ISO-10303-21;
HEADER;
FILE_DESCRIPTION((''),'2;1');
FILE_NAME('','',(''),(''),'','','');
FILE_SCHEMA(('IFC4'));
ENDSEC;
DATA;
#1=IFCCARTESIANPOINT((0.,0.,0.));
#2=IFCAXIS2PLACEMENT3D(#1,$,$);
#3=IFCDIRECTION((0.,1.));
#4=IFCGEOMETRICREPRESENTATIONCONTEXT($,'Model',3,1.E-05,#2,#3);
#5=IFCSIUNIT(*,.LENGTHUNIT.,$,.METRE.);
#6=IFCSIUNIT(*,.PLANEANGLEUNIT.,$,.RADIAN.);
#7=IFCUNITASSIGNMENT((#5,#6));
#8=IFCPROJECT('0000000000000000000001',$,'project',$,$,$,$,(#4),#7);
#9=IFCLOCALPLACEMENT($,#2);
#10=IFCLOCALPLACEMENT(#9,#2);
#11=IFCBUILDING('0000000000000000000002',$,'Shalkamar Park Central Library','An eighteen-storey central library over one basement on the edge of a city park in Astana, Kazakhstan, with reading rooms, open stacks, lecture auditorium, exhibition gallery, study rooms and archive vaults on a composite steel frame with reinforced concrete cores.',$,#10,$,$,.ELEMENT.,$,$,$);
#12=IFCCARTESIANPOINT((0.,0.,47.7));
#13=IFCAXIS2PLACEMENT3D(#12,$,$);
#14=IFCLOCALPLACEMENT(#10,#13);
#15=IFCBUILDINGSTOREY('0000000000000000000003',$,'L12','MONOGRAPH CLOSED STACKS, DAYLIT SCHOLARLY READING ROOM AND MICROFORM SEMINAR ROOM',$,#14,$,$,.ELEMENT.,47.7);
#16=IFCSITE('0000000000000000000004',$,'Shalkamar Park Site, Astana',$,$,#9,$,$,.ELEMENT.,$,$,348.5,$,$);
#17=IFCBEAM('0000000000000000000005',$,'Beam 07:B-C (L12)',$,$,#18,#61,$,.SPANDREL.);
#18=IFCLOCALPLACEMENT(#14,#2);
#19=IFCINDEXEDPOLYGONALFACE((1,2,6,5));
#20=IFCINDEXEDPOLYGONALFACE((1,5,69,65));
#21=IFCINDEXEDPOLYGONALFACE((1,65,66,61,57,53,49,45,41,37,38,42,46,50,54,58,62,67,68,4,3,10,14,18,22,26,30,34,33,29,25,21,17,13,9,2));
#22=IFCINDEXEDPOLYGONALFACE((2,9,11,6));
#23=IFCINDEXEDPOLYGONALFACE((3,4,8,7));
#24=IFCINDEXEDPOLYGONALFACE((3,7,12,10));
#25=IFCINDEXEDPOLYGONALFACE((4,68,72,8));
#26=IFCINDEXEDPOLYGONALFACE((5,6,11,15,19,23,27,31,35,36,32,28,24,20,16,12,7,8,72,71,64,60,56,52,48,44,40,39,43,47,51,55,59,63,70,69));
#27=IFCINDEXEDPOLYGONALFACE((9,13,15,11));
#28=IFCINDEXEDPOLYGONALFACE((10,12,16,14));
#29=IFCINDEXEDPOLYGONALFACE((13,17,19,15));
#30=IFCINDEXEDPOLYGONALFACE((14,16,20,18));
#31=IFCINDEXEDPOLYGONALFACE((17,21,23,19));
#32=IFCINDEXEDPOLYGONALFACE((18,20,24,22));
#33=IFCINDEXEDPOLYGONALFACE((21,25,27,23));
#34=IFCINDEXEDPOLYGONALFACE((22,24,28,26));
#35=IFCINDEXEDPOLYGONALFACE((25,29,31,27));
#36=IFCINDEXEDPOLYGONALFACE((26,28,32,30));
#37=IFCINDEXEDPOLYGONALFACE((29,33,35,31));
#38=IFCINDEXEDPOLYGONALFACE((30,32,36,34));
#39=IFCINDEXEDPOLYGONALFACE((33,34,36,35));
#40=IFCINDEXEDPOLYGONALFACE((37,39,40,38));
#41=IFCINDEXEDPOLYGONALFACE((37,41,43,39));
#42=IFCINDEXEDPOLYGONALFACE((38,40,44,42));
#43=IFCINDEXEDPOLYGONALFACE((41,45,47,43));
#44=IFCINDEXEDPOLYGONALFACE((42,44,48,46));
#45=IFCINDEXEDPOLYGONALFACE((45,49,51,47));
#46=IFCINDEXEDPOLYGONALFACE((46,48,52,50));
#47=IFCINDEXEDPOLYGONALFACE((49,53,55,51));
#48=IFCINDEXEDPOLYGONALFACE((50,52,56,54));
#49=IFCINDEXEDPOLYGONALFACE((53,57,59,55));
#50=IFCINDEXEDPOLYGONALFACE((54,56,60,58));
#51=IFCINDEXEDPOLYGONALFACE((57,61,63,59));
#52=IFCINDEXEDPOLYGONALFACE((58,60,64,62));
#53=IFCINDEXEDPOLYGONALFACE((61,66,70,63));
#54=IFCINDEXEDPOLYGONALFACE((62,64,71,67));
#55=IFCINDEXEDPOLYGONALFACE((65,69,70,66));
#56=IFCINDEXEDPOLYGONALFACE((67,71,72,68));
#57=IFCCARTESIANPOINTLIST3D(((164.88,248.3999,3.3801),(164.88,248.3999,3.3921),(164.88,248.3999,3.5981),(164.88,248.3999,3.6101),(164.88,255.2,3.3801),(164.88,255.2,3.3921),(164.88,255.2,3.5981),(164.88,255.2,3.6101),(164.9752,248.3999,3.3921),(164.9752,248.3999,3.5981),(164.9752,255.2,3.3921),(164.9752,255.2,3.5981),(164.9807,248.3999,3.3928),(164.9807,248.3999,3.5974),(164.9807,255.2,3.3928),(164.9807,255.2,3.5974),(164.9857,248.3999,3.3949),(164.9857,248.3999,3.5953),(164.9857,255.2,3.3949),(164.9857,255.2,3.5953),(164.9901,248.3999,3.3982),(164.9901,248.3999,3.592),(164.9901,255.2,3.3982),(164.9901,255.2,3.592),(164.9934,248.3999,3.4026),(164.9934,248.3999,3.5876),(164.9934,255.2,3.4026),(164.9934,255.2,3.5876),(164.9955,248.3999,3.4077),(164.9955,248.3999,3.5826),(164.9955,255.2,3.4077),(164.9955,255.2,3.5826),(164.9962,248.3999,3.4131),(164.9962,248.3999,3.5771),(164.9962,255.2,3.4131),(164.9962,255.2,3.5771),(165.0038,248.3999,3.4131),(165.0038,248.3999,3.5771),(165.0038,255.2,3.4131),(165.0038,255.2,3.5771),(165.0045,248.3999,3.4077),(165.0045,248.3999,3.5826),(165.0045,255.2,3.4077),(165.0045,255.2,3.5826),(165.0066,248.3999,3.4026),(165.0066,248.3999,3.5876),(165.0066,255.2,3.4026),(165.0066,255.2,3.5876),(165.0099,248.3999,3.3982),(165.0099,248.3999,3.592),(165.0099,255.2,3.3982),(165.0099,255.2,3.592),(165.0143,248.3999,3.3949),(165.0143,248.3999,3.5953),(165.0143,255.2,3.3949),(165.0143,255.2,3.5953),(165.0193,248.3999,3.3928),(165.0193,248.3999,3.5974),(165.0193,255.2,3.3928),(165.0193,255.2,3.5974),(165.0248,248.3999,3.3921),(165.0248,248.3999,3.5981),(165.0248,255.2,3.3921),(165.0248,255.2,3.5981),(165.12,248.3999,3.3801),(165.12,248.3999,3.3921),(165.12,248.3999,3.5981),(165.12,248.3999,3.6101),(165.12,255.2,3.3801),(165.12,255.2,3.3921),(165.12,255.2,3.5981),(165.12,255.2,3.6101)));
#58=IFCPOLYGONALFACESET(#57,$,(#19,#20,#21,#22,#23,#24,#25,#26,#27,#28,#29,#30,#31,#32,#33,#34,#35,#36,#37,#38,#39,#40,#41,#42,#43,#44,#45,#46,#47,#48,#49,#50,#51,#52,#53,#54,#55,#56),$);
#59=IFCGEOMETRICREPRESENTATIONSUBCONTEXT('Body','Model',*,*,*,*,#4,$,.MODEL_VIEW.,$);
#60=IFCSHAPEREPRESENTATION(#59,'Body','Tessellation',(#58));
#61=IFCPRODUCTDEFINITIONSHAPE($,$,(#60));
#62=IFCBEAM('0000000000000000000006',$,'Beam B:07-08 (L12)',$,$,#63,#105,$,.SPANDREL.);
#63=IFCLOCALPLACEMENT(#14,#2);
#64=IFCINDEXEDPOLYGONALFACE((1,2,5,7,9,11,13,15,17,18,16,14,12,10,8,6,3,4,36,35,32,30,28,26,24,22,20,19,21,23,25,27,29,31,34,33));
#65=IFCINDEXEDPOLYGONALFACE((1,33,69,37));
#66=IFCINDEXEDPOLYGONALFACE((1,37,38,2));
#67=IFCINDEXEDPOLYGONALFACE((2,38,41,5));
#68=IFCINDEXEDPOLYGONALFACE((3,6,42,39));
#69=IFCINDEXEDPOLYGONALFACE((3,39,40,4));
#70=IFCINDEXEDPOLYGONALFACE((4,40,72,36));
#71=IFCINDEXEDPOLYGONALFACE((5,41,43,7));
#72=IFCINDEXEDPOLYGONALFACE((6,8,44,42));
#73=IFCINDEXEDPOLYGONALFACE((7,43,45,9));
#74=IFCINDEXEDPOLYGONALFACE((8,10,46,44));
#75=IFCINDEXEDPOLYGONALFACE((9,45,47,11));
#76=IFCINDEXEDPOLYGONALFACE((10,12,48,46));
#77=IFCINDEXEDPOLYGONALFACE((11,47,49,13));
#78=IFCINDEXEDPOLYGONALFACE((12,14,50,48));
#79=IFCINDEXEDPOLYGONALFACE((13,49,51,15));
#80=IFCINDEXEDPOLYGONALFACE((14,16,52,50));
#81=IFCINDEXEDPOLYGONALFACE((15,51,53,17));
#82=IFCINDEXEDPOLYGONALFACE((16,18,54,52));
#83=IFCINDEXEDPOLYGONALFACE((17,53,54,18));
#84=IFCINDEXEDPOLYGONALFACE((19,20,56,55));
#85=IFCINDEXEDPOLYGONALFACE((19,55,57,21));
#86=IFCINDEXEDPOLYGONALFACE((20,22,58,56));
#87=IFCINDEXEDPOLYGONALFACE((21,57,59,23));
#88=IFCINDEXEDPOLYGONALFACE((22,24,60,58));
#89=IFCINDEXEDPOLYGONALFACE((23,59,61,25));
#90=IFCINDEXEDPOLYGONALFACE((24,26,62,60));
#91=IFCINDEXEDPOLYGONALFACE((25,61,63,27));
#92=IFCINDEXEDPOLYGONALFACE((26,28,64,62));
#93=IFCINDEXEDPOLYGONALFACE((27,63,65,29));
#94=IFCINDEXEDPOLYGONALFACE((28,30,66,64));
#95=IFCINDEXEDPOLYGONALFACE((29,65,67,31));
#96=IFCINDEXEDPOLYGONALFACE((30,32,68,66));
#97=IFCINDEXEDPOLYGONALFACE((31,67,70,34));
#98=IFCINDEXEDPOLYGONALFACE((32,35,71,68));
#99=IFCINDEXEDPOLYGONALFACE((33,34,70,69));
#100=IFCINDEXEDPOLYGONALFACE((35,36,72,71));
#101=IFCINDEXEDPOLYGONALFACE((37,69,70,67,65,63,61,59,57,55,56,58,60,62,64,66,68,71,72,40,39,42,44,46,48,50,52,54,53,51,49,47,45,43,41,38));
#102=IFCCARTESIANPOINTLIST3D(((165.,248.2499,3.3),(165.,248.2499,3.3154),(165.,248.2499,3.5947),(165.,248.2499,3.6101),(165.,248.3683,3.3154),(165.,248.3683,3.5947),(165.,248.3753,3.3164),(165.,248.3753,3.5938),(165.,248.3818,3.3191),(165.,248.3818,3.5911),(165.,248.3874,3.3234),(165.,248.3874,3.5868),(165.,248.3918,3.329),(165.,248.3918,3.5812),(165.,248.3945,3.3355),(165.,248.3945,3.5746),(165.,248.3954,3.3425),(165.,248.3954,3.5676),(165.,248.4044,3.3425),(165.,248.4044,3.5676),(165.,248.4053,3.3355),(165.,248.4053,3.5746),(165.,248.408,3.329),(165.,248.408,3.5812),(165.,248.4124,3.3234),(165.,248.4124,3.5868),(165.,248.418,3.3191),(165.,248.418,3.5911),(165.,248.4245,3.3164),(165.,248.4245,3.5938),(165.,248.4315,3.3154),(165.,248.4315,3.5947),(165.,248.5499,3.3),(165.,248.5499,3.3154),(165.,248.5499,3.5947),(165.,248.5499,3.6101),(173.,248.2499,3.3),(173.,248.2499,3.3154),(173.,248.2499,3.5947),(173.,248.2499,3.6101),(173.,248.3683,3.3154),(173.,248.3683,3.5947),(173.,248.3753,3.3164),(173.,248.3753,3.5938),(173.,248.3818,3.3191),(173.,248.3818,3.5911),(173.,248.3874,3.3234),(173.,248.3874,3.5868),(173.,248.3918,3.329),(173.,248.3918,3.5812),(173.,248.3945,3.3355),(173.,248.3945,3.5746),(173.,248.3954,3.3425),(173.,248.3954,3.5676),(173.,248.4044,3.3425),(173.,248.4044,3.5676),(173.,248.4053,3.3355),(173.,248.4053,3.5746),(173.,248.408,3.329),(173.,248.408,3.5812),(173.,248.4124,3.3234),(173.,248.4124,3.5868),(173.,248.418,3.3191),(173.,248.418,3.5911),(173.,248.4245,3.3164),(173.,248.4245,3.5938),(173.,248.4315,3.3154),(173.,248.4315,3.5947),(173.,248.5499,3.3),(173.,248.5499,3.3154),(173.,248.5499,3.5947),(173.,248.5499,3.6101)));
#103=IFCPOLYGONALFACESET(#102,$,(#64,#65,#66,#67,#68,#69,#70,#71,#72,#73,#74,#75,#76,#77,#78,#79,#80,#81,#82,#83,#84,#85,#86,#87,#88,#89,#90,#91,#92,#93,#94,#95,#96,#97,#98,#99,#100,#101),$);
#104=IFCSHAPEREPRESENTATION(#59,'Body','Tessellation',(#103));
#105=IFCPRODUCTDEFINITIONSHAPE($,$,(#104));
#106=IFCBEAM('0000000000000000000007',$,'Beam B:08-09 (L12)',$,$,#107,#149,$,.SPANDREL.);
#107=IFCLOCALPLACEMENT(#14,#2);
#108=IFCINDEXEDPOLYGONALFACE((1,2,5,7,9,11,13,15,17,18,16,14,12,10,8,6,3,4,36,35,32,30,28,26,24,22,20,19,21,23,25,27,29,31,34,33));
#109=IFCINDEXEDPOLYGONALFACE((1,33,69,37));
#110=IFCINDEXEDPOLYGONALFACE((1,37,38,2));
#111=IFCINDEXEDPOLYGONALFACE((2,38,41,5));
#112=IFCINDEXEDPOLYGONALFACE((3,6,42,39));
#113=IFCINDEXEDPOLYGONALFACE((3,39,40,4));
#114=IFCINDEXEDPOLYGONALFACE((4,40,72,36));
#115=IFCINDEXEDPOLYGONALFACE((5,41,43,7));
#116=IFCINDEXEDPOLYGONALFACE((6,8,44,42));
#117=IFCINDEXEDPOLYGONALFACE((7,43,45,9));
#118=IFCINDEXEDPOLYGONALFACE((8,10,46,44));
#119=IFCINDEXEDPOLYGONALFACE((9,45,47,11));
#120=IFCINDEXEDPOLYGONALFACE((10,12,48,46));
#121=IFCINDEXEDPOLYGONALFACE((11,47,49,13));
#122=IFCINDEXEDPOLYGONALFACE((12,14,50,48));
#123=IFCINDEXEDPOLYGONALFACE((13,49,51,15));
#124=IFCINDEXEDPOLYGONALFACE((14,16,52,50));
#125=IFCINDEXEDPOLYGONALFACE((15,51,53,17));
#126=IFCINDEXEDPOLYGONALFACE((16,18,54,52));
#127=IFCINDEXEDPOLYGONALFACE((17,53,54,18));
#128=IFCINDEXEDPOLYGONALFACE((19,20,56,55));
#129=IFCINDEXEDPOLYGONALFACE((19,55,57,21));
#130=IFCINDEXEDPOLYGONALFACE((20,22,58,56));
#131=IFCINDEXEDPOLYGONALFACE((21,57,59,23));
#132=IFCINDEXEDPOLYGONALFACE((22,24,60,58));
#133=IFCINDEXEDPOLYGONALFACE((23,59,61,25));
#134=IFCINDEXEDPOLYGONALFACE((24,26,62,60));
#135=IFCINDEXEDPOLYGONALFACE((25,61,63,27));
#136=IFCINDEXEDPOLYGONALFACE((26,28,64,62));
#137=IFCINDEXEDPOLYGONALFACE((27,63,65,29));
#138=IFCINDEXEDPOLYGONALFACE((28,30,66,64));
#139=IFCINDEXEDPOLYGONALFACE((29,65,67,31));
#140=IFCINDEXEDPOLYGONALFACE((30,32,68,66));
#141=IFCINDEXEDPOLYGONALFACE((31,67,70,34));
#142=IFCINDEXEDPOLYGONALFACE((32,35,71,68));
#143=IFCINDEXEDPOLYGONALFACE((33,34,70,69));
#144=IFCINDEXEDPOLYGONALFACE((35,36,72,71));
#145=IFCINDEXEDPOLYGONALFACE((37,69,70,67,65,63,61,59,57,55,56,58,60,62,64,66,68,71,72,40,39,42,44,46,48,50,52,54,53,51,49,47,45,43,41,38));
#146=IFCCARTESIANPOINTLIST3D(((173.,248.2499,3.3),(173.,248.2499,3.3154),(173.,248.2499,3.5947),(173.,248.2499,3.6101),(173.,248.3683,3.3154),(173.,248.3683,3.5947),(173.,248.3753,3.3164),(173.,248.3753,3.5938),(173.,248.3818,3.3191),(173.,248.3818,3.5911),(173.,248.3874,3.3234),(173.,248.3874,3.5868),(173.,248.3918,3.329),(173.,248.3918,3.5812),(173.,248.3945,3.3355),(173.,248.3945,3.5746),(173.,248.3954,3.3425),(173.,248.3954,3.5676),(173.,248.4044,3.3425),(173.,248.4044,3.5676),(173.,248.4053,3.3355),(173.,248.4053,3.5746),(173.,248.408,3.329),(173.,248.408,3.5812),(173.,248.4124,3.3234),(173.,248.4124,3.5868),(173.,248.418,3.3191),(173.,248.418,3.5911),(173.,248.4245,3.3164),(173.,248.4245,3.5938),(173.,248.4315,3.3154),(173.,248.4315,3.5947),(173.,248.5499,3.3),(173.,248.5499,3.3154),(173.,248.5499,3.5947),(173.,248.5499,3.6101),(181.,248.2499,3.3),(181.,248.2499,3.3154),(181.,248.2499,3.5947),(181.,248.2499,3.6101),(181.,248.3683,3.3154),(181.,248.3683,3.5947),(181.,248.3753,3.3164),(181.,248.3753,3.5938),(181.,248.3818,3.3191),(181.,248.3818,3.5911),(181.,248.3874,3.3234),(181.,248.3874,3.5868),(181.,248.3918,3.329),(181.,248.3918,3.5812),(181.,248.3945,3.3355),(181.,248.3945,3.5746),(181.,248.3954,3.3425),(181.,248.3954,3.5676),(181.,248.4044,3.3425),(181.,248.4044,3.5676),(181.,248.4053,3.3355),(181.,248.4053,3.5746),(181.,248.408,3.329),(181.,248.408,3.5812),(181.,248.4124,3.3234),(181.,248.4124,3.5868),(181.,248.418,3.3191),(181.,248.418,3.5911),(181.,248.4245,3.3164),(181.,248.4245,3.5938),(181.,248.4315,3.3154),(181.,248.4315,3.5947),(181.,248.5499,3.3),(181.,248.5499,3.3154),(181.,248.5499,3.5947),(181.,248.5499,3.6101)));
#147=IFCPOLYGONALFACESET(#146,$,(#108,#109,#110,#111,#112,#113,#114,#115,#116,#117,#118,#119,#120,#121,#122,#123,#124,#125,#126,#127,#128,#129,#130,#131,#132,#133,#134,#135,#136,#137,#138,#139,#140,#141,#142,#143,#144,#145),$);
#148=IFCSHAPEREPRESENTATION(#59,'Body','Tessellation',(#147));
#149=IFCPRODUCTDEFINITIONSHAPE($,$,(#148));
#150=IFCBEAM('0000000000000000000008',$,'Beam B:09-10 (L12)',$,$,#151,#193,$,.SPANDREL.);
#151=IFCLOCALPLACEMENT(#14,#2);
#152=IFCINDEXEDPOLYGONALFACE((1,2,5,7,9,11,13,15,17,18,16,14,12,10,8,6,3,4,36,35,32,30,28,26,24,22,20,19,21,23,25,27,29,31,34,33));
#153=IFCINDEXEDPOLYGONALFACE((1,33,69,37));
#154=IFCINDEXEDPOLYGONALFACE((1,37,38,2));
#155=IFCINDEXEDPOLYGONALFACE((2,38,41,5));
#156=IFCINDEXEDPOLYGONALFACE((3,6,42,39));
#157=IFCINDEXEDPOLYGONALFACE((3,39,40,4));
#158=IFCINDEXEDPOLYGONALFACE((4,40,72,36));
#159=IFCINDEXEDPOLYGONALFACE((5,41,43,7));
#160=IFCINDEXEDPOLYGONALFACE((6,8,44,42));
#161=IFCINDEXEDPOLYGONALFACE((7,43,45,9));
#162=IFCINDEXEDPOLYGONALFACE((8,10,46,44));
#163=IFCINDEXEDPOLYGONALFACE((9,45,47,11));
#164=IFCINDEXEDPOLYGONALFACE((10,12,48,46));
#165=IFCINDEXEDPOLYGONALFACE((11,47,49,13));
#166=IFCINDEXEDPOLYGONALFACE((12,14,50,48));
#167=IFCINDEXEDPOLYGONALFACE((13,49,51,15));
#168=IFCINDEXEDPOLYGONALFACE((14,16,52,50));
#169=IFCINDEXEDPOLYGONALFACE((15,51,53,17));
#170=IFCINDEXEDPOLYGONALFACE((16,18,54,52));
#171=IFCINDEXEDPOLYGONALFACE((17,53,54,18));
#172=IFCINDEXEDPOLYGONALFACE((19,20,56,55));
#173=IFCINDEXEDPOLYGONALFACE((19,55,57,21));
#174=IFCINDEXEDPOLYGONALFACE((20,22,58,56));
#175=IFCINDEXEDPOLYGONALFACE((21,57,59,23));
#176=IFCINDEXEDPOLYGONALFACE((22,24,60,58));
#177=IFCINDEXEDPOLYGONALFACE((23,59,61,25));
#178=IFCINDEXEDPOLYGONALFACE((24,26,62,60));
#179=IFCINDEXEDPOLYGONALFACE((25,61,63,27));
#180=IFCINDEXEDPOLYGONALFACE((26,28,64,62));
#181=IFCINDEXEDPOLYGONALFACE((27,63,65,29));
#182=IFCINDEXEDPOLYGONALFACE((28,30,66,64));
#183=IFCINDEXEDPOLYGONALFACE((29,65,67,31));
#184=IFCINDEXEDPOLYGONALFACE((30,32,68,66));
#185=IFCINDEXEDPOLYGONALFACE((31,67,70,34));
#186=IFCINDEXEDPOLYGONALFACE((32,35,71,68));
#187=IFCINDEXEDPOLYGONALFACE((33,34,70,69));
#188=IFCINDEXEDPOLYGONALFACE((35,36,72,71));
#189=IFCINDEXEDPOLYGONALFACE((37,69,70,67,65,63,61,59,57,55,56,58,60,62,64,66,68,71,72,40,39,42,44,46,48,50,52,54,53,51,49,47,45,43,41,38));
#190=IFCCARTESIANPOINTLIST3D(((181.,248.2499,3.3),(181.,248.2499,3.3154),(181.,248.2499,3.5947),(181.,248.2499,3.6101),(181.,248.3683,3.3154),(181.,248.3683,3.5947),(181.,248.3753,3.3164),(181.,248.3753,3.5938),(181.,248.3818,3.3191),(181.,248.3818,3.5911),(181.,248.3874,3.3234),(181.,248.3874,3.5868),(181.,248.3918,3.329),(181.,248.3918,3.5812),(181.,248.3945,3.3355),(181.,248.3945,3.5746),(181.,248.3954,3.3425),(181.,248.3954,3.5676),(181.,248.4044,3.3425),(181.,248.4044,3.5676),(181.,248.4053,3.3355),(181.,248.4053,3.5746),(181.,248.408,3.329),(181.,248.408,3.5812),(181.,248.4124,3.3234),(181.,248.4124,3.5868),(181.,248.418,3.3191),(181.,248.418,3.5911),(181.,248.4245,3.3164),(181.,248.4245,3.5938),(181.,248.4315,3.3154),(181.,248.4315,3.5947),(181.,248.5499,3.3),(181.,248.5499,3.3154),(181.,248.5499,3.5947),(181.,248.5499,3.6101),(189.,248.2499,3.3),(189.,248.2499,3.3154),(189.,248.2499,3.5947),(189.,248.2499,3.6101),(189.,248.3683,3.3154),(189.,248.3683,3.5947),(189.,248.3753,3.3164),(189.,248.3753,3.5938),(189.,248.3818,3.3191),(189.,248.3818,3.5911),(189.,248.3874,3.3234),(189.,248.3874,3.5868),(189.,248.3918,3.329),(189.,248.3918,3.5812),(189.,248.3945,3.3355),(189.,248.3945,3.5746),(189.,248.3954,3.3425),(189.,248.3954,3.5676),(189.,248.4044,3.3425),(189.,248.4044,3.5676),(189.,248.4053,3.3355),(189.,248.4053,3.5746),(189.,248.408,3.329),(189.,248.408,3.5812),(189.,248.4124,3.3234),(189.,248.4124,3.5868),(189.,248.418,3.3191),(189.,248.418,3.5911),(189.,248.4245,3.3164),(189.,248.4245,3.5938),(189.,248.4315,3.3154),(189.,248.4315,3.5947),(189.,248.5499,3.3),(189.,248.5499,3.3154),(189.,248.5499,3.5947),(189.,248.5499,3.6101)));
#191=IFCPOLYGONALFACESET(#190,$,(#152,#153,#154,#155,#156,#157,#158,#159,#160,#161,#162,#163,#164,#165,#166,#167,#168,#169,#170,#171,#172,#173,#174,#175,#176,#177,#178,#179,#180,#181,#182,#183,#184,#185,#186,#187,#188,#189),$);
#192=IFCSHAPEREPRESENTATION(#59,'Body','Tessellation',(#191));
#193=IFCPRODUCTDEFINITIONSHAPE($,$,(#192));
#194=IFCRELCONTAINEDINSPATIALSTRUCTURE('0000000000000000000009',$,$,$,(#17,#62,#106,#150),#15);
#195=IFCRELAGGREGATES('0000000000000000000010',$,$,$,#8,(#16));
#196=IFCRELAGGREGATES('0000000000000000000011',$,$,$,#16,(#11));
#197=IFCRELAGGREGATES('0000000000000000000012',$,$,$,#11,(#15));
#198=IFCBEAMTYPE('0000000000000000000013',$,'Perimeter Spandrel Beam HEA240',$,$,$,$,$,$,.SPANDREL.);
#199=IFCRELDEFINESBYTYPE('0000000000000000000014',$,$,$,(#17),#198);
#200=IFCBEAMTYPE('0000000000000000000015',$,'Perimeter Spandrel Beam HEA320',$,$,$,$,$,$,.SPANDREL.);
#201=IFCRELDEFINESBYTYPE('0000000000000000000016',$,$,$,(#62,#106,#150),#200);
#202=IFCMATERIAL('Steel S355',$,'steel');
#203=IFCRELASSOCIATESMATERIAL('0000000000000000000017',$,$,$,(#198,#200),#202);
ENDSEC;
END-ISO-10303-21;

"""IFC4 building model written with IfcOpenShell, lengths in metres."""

from ifc_helpers import new_model, si_unit, direction, frame, origin, origin_2d, place, context, subcontext, project, spatial, i_section, extrude, material, material_profile, profile_set, type_object, element, save


model = new_model("IFC4")

# Units and contexts
model_context = context("Model", 3, precision=1e-05, world=origin(), true_north=direction((0.0, 1.0)))
body_context = subcontext(model_context, "Body", "Model", "MODEL_VIEW")
ifc_project = project(units=[si_unit("LENGTHUNIT", "METRE"), si_unit("PLANEANGLEUNIT", "RADIAN")], contexts=[model_context])

# Site, building, storey
site_placement = place(None, origin())
site = spatial("IfcSite", under=ifc_project, at=site_placement, Name="Shalkamar Park Site, Astana", CompositionType="ELEMENT", RefElevation=348.5)
building_placement = place(site_placement, origin())
building = spatial("IfcBuilding", under=site, at=building_placement, Name="Shalkamar Park Central Library", Description="An eighteen-storey central library over one basement on the edge of a city park in Astana, Kazakhstan, with reading rooms, open stacks, lecture auditorium, exhibition gallery, study rooms and archive vaults on a composite steel frame with reinforced concrete cores.", CompositionType="ELEMENT")
storey_placement = place(building_placement, frame((0.0, 0.0, 47.7)))
storey = spatial("IfcBuildingStorey", under=building, at=storey_placement, Name="L12", Description="MONOGRAPH CLOSED STACKS, DAYLIT SCHOLARLY READING ROOM AND MICROFORM SEMINAR ROOM", CompositionType="ELEMENT", Elevation=47.7)

# Shared definitions
ifc_material_1 = material(Name="Steel S355", Category="steel")

# Beams
ifc_material_profile_1 = material_profile(ifc_material_1, i_section(OverallWidth=0.24, OverallDepth=0.23, WebThickness=0.0076, FlangeThickness=0.012, FilletRadius=0.021, at=origin_2d()), Name="HEA 240")
ifc_profile_set_1 = profile_set([ifc_material_profile_1], Name="Steel S355")
beam_type_1 = type_object("IfcBeamType", Name="Perimeter Spandrel Beam HEA240", PredefinedType="SPANDREL", material=ifc_profile_set_1)
beam_placement = place(storey_placement, frame((165.0, 248.3999, 3.4951), z_axis=(0.0, 1.0, 0.0), x_axis=(-1.0, 0.0, 0.0)))
element("IfcBeam", 1, at=beam_placement, inside=storey, type_object=beam_type_1, Name="Beam 07:B-C (L12)", PredefinedType="SPANDREL", context=body_context, shape_type="SweptSolid", body=[
    extrude(i_section(OverallWidth=0.24, OverallDepth=0.23, WebThickness=0.0076, FlangeThickness=0.012, FilletRadius=0.021, at=origin_2d()), origin(), (0.0, 0.0, 1.0), 6.8),
])
ifc_material_profile_2 = material_profile(ifc_material_1, i_section(OverallWidth=0.3, OverallDepth=0.3101, WebThickness=0.009, FlangeThickness=0.0154, FilletRadius=0.0271, at=origin_2d()), Name="HEA 320")
ifc_profile_set_2 = profile_set([ifc_material_profile_2], Name="Steel S355")
beam_type_2 = type_object("IfcBeamType", Name="Perimeter Spandrel Beam HEA320", PredefinedType="SPANDREL", material=ifc_profile_set_2)
for number, where, z_axis, x_axis, name in (
    (2, (165.0, 248.3999, 3.4551), (1.0, 0.0, 0.0), (0.0, 1.0, 0.0), "Beam B:07-08 (L12)"),
    (3, (173.0, 248.3999, 3.4551), (1.0, 0.0, 0.0), (0.0, 1.0, 0.0), "Beam B:08-09 (L12)"),
    (4, (181.0, 248.3999, 3.4551), (1.0, 0.0, 0.0), (0.0, 1.0, 0.0), "Beam B:09-10 (L12)"),
):
    element("IfcBeam", number, at=place(storey_placement, frame(where, z_axis=z_axis, x_axis=x_axis)), inside=storey, type_object=beam_type_2, Name=name, PredefinedType="SPANDREL", context=body_context, shape_type="SweptSolid", body=[
        extrude(i_section(OverallWidth=0.3, OverallDepth=0.3101, WebThickness=0.009, FlangeThickness=0.0154, FilletRadius=0.0271, at=origin_2d()), origin(), (0.0, 0.0, 1.0), 8.0),
    ])

save(model, "model.ifc")
